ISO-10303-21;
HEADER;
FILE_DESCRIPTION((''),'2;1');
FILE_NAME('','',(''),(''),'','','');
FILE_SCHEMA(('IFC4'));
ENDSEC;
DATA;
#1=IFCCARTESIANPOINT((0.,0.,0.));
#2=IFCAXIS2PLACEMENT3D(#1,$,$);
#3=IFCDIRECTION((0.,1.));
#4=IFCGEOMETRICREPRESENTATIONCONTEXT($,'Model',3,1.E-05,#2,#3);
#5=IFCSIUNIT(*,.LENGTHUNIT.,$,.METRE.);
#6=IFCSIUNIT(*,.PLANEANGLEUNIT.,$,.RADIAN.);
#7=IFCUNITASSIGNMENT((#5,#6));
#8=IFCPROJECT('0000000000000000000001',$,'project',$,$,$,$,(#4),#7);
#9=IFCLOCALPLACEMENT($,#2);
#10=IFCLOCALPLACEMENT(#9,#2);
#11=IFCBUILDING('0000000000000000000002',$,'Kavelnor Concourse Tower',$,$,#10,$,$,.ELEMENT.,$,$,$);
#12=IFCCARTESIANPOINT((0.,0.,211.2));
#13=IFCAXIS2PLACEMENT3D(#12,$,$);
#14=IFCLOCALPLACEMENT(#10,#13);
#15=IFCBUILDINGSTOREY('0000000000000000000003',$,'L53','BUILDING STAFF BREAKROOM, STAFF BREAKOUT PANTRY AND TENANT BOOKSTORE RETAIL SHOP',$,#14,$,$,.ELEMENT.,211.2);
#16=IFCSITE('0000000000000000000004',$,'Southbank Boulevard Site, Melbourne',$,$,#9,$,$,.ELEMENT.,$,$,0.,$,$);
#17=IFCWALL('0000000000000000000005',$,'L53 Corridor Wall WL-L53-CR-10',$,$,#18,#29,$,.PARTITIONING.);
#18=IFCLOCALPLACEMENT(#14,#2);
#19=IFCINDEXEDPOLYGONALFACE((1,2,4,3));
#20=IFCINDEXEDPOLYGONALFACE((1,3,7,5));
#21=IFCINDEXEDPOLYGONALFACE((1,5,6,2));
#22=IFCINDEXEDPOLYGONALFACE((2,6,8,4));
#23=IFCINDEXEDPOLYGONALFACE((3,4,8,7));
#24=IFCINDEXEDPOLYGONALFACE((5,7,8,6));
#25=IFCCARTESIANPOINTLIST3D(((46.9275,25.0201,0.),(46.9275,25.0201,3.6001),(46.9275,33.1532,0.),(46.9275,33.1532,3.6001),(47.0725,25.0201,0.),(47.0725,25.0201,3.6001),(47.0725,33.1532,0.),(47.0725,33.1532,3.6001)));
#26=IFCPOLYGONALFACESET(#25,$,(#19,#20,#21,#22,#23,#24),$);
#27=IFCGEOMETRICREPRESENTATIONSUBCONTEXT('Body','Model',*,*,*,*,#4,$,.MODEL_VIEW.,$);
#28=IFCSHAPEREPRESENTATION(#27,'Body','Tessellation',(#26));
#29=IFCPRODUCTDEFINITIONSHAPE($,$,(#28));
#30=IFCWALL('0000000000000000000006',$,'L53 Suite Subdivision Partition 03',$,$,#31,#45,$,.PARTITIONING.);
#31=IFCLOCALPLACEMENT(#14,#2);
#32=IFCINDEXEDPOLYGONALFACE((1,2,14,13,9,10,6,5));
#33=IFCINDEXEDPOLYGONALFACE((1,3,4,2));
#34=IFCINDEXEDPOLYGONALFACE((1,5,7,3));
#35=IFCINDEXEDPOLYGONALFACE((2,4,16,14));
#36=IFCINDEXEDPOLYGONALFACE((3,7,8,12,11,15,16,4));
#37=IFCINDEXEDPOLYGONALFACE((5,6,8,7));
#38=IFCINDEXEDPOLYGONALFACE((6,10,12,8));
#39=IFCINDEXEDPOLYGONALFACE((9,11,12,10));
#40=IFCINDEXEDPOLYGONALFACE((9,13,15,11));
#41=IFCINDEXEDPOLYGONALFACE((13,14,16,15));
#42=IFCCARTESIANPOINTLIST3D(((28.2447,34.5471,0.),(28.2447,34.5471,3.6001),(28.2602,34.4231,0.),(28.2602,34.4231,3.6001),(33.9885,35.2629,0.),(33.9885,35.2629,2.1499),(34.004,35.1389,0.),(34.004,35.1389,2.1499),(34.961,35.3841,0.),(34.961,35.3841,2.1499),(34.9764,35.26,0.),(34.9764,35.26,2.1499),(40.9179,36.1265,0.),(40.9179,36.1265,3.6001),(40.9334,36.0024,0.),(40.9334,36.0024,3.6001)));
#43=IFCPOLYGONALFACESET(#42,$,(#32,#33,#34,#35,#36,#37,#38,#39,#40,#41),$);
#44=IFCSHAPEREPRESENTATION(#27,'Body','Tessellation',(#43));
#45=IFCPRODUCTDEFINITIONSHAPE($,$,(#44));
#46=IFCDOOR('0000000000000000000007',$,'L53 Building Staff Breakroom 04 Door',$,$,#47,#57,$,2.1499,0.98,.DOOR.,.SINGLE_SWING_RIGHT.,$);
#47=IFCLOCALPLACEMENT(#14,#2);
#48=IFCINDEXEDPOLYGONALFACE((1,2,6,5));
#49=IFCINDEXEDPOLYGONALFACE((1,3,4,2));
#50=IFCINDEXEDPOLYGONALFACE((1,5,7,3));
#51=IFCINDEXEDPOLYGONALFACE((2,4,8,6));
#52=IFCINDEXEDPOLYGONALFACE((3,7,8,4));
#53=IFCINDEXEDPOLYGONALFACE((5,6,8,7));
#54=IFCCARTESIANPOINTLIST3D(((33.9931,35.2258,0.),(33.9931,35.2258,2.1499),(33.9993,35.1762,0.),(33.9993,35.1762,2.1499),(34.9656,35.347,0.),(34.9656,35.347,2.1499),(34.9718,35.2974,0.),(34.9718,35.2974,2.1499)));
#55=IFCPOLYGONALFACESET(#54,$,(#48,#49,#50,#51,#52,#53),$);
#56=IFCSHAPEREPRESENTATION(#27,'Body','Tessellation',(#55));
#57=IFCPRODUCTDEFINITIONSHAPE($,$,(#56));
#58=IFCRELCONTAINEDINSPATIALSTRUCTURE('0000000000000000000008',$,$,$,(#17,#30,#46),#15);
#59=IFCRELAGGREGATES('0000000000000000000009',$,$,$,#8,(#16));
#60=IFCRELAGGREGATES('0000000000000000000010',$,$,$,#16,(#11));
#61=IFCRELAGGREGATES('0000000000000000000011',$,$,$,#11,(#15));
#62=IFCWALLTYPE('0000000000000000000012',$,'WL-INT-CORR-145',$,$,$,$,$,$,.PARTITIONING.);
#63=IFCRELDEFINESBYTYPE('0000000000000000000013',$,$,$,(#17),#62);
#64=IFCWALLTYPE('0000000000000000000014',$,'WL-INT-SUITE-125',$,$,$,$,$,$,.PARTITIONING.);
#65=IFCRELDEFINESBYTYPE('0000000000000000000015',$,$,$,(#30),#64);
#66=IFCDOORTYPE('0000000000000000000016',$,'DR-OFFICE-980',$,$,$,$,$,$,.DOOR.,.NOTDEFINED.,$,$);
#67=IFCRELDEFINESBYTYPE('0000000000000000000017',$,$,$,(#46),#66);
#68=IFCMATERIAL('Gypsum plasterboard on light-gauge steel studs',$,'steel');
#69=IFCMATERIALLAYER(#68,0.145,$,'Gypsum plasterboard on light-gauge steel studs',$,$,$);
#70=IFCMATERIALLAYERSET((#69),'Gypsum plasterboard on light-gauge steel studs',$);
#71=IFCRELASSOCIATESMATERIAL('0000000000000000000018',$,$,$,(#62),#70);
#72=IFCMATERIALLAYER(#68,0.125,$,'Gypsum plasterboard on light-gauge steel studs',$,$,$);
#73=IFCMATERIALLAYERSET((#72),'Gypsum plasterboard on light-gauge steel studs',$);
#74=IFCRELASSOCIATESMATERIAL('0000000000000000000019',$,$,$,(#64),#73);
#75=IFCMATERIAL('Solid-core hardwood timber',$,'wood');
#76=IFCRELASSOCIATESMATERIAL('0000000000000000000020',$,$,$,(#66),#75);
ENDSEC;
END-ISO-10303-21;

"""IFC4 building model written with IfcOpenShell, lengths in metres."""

from ifc_helpers import new_model, si_unit, direction, frame, frame_2d, origin, place, context, subcontext, project, spatial, rectangle, extrude, material, layer, layer_set, type_object, element, fill, save


model = new_model("IFC4")

# Units and contexts
model_context = context("Model", 3, precision=1e-05, world=origin(), true_north=direction((0.0, 1.0)))
body_context = subcontext(model_context, "Body", "Model", "MODEL_VIEW")
ifc_project = project(units=[si_unit("LENGTHUNIT", "METRE"), si_unit("PLANEANGLEUNIT", "RADIAN")], contexts=[model_context])

# Site, building, storey
site_placement = place(None, origin())
site = spatial("IfcSite", under=ifc_project, at=site_placement, Name="Southbank Boulevard Site, Melbourne", CompositionType="ELEMENT", RefElevation=0.0)
building_placement = place(site_placement, origin())
building = spatial("IfcBuilding", under=site, at=building_placement, Name="Kavelnor Concourse Tower", CompositionType="ELEMENT")
storey_placement = place(building_placement, frame((0.0, 0.0, 211.2)))
storey = spatial("IfcBuildingStorey", under=building, at=storey_placement, Name="L53", Description="BUILDING STAFF BREAKROOM, STAFF BREAKOUT PANTRY AND TENANT BOOKSTORE RETAIL SHOP", CompositionType="ELEMENT", Elevation=211.2)

# Wall
ifc_material_1 = material(Name="Gypsum plasterboard on light-gauge steel studs", Category="steel")
ifc_layer_1 = layer(ifc_material_1, 0.145, Name="Gypsum plasterboard on light-gauge steel studs")
ifc_layer_set_1 = layer_set([ifc_layer_1], Name="Gypsum plasterboard on light-gauge steel studs")
wall_type_1 = type_object("IfcWallType", Name="WL-INT-CORR-145", PredefinedType="PARTITIONING", material=ifc_layer_set_1)
wall_1_placement = place(storey_placement, frame((47.0, 33.1531, 0.0), z_axis=(0.0, 0.0, 1.0), x_axis=(0.0, -1.0, 0.0)))
element("IfcWall", 1, at=wall_1_placement, inside=storey, type_object=wall_type_1, Name="L53 Corridor Wall WL-L53-CR-10", PredefinedType="PARTITIONING", context=body_context, shape_type="SweptSolid", body=[
    extrude(rectangle(XDim=8.1331, YDim=0.145, at=frame_2d((4.0664, 0.0))), origin(), (0.0, 0.0, 1.0), 3.6001),
])

# Wall, opening, door
ifc_layer_2 = layer(ifc_material_1, 0.125, Name="Gypsum plasterboard on light-gauge steel studs")
ifc_layer_set_2 = layer_set([ifc_layer_2], Name="Gypsum plasterboard on light-gauge steel studs")
wall_type_2 = type_object("IfcWallType", Name="WL-INT-SUITE-125", PredefinedType="PARTITIONING", material=ifc_layer_set_2)
wall_2_placement = place(storey_placement, frame((40.9258, 36.0645, 0.0), z_axis=(0.0, 0.0, 1.0), x_axis=(-0.992324, -0.123665, 0.0)))
wall_2 = element("IfcWall", 2, at=wall_2_placement, inside=storey, type_object=wall_type_2, Name="L53 Suite Subdivision Partition 03", PredefinedType="PARTITIONING", context=body_context, shape_type="SweptSolid", body=[
    extrude(rectangle(XDim=12.7712, YDim=0.125, at=frame_2d((6.3857, 0.0))), origin(), (0.0, 0.0, 1.0), 3.6001),
])
opening_1_placement = place(wall_2_placement, frame((6.0032, 0.0, 0.0)))
opening_1 = element("IfcOpeningElement", 3, at=opening_1_placement, cuts=wall_2, PredefinedType="OPENING", context=body_context, shape_type="SweptSolid", body=[
    extrude(rectangle(XDim=0.98, YDim=2.1499, at=frame_2d((0.49, 1.075))), frame((0.0, 0.0725, 0.0), z_axis=(0.0, -1.0, 0.0), x_axis=(1.0, 0.0, 0.0)), (0.0, 0.0, 1.0), 0.145),
])
ifc_material_2 = material(Name="Solid-core hardwood timber", Category="wood")
door_type = type_object("IfcDoorType", Name="DR-OFFICE-980", OperationType="NOTDEFINED", PredefinedType="DOOR", material=ifc_material_2)
door_placement = place(opening_1_placement, origin())
door = element("IfcDoor", 4, at=door_placement, inside=storey, type_object=door_type, Name="L53 Building Staff Breakroom 04 Door", OperationType="SINGLE_SWING_RIGHT", OverallHeight=2.1499, OverallWidth=0.98, PredefinedType="DOOR", context=body_context, shape_type="SweptSolid", body=[
    extrude(rectangle(XDim=0.98, YDim=2.1499, at=frame_2d((0.49, 1.075))), frame((0.0, 0.0249, 0.0), z_axis=(0.0, -1.0, 0.0), x_axis=(1.0, 0.0, 0.0)), (0.0, 0.0, 1.0), 0.05),
])
fill(opening_1, door)

save(model, "model.ifc")
